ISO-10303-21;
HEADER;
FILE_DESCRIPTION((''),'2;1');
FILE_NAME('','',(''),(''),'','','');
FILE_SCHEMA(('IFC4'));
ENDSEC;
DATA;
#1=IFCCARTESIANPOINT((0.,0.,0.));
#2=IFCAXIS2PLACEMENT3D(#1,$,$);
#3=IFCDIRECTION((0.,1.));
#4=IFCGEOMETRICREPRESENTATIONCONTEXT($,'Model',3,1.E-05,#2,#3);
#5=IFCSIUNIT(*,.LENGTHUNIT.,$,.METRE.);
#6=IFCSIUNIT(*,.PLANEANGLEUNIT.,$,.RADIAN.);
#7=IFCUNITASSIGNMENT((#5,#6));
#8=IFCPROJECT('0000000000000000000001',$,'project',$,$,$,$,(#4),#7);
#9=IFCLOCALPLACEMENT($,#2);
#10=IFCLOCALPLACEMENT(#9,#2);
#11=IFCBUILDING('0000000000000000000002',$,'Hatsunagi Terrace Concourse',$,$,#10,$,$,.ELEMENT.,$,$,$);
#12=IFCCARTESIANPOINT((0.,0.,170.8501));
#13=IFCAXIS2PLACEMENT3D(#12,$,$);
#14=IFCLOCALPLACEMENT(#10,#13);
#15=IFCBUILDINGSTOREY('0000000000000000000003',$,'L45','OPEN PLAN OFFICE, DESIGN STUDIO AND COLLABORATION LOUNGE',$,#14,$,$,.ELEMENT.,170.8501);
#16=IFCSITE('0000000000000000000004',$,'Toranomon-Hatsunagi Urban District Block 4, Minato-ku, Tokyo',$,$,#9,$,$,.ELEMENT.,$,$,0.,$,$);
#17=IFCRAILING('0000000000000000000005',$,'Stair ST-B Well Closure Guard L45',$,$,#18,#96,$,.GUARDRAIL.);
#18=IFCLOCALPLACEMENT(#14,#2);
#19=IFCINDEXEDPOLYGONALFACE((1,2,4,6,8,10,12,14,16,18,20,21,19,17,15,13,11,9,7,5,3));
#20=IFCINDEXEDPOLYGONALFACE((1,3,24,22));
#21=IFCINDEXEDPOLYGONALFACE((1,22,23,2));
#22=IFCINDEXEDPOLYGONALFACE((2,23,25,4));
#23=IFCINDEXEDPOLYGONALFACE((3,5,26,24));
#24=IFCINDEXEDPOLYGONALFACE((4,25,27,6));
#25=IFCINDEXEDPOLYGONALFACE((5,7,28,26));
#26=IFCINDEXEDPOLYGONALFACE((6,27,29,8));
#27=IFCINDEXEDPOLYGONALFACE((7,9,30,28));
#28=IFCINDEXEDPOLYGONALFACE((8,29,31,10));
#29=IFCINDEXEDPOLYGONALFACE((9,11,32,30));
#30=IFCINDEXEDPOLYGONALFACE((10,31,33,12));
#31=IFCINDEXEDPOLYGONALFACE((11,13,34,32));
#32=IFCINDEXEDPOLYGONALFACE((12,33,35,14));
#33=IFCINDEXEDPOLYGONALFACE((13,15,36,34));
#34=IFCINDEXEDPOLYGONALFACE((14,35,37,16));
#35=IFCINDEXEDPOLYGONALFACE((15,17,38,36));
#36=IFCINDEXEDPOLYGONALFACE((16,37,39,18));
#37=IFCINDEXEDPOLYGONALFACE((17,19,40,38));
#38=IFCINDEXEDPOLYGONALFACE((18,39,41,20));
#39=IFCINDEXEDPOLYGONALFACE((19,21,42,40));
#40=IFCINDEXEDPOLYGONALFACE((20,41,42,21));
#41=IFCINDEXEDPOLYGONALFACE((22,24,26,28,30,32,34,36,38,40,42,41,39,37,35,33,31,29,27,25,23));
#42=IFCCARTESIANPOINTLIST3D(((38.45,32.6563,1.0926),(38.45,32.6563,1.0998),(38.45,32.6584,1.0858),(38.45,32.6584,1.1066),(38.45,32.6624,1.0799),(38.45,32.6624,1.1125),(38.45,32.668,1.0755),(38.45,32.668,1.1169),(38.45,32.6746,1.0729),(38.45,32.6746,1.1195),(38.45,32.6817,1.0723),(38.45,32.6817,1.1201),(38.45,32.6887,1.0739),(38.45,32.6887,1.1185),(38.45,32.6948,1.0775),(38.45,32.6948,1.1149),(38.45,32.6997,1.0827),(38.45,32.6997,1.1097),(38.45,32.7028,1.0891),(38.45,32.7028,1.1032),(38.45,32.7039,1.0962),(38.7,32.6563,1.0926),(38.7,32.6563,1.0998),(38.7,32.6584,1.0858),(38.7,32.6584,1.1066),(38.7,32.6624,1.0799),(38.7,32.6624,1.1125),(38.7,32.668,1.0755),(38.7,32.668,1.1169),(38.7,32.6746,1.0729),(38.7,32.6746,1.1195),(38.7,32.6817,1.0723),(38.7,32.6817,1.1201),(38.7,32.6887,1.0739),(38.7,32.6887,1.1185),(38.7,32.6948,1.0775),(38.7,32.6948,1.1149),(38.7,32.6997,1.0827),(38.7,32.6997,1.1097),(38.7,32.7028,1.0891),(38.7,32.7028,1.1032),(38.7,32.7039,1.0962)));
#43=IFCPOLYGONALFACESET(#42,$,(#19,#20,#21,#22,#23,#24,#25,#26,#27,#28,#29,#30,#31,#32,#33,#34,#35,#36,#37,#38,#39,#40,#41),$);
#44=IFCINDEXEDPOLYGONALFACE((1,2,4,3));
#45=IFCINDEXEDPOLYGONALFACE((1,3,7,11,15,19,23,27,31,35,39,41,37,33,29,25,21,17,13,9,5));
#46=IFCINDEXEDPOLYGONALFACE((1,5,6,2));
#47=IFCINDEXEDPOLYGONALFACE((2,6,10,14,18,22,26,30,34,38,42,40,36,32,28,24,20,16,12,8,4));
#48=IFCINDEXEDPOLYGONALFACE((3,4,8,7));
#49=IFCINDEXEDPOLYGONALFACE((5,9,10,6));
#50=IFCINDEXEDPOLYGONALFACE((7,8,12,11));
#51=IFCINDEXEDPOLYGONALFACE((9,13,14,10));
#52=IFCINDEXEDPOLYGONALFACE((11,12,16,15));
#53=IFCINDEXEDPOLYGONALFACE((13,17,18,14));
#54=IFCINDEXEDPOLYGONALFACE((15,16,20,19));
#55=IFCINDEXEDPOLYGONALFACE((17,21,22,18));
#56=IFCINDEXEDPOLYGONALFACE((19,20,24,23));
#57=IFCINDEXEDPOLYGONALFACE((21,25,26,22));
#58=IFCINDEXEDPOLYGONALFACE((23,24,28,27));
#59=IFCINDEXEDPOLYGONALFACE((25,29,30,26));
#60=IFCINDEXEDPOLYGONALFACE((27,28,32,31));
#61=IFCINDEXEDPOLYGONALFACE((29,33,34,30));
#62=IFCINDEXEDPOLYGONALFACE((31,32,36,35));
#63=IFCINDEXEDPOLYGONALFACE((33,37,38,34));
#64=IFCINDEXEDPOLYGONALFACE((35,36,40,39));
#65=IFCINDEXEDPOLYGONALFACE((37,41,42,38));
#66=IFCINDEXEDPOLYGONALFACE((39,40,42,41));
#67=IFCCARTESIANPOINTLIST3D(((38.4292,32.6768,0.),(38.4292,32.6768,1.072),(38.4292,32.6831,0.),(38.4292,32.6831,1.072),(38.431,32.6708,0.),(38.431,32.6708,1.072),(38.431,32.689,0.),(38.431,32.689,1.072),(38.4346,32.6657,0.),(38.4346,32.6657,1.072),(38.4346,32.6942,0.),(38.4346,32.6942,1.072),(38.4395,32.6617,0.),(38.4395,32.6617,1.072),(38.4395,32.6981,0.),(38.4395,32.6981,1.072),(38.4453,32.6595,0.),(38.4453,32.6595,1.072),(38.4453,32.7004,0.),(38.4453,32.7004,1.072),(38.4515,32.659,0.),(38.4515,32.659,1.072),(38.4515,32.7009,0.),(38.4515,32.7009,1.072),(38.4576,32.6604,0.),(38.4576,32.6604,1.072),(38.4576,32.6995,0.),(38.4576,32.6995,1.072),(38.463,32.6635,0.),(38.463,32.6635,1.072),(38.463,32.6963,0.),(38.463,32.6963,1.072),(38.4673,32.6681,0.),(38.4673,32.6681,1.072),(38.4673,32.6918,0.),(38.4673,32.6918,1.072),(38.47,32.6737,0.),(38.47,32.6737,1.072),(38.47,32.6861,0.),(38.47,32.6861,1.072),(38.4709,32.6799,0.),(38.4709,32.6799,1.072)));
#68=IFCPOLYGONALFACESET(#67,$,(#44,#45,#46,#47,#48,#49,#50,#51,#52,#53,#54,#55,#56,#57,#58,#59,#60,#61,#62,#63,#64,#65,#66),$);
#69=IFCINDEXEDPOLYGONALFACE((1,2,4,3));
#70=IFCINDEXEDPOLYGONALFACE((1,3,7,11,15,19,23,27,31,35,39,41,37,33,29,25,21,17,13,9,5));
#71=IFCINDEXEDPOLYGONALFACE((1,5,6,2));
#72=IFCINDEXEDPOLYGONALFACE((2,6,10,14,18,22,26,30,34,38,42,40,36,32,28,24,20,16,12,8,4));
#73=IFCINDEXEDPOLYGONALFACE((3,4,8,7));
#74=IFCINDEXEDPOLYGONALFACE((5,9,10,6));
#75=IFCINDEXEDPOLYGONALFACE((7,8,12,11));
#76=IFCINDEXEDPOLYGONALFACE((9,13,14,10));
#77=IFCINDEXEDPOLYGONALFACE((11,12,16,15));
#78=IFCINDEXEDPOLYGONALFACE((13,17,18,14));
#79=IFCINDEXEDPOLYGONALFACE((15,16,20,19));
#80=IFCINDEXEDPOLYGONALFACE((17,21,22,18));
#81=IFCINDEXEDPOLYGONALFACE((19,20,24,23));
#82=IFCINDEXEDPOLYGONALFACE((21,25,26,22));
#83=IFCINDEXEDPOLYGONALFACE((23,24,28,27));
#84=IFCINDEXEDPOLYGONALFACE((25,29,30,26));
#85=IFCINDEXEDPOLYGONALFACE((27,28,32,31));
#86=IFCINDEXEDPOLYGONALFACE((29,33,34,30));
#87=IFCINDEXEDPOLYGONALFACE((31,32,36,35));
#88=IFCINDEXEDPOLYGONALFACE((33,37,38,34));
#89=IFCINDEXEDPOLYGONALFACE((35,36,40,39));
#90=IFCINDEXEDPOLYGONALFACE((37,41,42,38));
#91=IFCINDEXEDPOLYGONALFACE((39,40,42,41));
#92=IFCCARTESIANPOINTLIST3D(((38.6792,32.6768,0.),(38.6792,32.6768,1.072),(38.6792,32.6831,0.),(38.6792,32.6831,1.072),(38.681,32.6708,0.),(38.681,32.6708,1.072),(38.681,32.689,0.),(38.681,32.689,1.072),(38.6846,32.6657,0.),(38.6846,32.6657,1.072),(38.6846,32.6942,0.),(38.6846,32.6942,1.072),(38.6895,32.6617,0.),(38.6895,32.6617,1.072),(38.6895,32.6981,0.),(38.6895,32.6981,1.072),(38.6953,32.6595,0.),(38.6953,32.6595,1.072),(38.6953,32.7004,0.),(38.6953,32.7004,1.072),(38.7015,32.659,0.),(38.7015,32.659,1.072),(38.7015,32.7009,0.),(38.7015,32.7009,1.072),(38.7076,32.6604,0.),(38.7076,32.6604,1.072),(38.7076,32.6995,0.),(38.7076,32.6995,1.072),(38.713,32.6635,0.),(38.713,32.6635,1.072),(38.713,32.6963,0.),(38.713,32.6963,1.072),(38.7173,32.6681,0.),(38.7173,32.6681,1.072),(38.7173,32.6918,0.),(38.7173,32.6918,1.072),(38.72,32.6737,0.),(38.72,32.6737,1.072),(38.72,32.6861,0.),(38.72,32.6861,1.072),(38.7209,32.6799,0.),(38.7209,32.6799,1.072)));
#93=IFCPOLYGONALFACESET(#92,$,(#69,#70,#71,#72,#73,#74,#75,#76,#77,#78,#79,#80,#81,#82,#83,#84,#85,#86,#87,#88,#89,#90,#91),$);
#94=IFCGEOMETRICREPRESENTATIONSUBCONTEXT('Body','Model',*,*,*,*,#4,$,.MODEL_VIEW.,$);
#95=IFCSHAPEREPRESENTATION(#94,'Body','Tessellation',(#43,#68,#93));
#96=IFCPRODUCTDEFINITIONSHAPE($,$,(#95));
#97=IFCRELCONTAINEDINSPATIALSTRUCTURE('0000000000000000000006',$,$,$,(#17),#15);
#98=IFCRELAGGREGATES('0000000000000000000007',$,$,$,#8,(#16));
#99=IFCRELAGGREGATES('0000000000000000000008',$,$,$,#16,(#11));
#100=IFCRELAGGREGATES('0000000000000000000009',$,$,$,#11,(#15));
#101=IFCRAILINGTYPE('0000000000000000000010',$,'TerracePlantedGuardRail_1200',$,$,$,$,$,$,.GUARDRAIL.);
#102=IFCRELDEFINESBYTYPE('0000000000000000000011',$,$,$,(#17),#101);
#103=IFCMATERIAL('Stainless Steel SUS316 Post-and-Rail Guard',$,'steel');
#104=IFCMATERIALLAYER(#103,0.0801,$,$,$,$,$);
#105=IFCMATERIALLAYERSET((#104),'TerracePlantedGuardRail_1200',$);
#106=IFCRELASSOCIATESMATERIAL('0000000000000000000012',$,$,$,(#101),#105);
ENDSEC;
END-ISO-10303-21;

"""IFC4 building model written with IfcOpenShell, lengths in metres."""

from ifc_helpers import new_model, si_unit, direction, frame, origin, origin_2d, place, context, subcontext, project, spatial, circle, extrude, material, layer, layer_set, type_object, element, save


model = new_model("IFC4")

# Units and contexts
model_context = context("Model", 3, precision=1e-05, world=origin(), true_north=direction((0.0, 1.0)))
body_context = subcontext(model_context, "Body", "Model", "MODEL_VIEW")
ifc_project = project(units=[si_unit("LENGTHUNIT", "METRE"), si_unit("PLANEANGLEUNIT", "RADIAN")], contexts=[model_context])

# Site, building, storey
site_placement = place(None, origin())
site = spatial("IfcSite", under=ifc_project, at=site_placement, Name="Toranomon-Hatsunagi Urban District Block 4, Minato-ku, Tokyo", CompositionType="ELEMENT", RefElevation=0.0)
building_placement = place(site_placement, origin())
building = spatial("IfcBuilding", under=site, at=building_placement, Name="Hatsunagi Terrace Concourse", CompositionType="ELEMENT")
storey_placement = place(building_placement, frame((0.0, 0.0, 170.8501)))
storey = spatial("IfcBuildingStorey", under=building, at=storey_placement, Name="L45", Description="OPEN PLAN OFFICE, DESIGN STUDIO AND COLLABORATION LOUNGE", CompositionType="ELEMENT", Elevation=170.8501)

# Railing
ifc_material_1 = material(Name="Stainless Steel SUS316 Post-and-Rail Guard", Category="steel")
ifc_layer_1 = layer(ifc_material_1, 0.0801)
ifc_layer_set_1 = layer_set([ifc_layer_1], Name="TerracePlantedGuardRail_1200")
railing_type_1 = type_object("IfcRailingType", Name="TerracePlantedGuardRail_1200", PredefinedType="GUARDRAIL", material=ifc_layer_set_1)
for number, where, name in (
    (1, (38.45, 32.6799, 0.0), "Stair ST-B Well Closure Guard L45"),
):
    element("IfcRailing", number, at=place(storey_placement, frame(where)), inside=storey, type_object=railing_type_1, Name=name, PredefinedType="GUARDRAIL", context=body_context, shape_type="SweptSolid", body=[
        extrude(circle(Radius=0.0239, at=origin_2d()), frame((0.0, 0.0, 1.0962), z_axis=(1.0, 0.0, 0.0), x_axis=(0.0, 1.0, 0.0)), (0.0, 0.0, 1.0), 0.25),
        extrude(circle(Radius=0.021, at=origin_2d()), origin(), (0.0, 0.0, 1.0), 1.072),
        extrude(circle(Radius=0.021, at=origin_2d()), frame((0.25, 0.0, 0.0)), (0.0, 0.0, 1.0), 1.072),
    ])

save(model, "model.ifc")
